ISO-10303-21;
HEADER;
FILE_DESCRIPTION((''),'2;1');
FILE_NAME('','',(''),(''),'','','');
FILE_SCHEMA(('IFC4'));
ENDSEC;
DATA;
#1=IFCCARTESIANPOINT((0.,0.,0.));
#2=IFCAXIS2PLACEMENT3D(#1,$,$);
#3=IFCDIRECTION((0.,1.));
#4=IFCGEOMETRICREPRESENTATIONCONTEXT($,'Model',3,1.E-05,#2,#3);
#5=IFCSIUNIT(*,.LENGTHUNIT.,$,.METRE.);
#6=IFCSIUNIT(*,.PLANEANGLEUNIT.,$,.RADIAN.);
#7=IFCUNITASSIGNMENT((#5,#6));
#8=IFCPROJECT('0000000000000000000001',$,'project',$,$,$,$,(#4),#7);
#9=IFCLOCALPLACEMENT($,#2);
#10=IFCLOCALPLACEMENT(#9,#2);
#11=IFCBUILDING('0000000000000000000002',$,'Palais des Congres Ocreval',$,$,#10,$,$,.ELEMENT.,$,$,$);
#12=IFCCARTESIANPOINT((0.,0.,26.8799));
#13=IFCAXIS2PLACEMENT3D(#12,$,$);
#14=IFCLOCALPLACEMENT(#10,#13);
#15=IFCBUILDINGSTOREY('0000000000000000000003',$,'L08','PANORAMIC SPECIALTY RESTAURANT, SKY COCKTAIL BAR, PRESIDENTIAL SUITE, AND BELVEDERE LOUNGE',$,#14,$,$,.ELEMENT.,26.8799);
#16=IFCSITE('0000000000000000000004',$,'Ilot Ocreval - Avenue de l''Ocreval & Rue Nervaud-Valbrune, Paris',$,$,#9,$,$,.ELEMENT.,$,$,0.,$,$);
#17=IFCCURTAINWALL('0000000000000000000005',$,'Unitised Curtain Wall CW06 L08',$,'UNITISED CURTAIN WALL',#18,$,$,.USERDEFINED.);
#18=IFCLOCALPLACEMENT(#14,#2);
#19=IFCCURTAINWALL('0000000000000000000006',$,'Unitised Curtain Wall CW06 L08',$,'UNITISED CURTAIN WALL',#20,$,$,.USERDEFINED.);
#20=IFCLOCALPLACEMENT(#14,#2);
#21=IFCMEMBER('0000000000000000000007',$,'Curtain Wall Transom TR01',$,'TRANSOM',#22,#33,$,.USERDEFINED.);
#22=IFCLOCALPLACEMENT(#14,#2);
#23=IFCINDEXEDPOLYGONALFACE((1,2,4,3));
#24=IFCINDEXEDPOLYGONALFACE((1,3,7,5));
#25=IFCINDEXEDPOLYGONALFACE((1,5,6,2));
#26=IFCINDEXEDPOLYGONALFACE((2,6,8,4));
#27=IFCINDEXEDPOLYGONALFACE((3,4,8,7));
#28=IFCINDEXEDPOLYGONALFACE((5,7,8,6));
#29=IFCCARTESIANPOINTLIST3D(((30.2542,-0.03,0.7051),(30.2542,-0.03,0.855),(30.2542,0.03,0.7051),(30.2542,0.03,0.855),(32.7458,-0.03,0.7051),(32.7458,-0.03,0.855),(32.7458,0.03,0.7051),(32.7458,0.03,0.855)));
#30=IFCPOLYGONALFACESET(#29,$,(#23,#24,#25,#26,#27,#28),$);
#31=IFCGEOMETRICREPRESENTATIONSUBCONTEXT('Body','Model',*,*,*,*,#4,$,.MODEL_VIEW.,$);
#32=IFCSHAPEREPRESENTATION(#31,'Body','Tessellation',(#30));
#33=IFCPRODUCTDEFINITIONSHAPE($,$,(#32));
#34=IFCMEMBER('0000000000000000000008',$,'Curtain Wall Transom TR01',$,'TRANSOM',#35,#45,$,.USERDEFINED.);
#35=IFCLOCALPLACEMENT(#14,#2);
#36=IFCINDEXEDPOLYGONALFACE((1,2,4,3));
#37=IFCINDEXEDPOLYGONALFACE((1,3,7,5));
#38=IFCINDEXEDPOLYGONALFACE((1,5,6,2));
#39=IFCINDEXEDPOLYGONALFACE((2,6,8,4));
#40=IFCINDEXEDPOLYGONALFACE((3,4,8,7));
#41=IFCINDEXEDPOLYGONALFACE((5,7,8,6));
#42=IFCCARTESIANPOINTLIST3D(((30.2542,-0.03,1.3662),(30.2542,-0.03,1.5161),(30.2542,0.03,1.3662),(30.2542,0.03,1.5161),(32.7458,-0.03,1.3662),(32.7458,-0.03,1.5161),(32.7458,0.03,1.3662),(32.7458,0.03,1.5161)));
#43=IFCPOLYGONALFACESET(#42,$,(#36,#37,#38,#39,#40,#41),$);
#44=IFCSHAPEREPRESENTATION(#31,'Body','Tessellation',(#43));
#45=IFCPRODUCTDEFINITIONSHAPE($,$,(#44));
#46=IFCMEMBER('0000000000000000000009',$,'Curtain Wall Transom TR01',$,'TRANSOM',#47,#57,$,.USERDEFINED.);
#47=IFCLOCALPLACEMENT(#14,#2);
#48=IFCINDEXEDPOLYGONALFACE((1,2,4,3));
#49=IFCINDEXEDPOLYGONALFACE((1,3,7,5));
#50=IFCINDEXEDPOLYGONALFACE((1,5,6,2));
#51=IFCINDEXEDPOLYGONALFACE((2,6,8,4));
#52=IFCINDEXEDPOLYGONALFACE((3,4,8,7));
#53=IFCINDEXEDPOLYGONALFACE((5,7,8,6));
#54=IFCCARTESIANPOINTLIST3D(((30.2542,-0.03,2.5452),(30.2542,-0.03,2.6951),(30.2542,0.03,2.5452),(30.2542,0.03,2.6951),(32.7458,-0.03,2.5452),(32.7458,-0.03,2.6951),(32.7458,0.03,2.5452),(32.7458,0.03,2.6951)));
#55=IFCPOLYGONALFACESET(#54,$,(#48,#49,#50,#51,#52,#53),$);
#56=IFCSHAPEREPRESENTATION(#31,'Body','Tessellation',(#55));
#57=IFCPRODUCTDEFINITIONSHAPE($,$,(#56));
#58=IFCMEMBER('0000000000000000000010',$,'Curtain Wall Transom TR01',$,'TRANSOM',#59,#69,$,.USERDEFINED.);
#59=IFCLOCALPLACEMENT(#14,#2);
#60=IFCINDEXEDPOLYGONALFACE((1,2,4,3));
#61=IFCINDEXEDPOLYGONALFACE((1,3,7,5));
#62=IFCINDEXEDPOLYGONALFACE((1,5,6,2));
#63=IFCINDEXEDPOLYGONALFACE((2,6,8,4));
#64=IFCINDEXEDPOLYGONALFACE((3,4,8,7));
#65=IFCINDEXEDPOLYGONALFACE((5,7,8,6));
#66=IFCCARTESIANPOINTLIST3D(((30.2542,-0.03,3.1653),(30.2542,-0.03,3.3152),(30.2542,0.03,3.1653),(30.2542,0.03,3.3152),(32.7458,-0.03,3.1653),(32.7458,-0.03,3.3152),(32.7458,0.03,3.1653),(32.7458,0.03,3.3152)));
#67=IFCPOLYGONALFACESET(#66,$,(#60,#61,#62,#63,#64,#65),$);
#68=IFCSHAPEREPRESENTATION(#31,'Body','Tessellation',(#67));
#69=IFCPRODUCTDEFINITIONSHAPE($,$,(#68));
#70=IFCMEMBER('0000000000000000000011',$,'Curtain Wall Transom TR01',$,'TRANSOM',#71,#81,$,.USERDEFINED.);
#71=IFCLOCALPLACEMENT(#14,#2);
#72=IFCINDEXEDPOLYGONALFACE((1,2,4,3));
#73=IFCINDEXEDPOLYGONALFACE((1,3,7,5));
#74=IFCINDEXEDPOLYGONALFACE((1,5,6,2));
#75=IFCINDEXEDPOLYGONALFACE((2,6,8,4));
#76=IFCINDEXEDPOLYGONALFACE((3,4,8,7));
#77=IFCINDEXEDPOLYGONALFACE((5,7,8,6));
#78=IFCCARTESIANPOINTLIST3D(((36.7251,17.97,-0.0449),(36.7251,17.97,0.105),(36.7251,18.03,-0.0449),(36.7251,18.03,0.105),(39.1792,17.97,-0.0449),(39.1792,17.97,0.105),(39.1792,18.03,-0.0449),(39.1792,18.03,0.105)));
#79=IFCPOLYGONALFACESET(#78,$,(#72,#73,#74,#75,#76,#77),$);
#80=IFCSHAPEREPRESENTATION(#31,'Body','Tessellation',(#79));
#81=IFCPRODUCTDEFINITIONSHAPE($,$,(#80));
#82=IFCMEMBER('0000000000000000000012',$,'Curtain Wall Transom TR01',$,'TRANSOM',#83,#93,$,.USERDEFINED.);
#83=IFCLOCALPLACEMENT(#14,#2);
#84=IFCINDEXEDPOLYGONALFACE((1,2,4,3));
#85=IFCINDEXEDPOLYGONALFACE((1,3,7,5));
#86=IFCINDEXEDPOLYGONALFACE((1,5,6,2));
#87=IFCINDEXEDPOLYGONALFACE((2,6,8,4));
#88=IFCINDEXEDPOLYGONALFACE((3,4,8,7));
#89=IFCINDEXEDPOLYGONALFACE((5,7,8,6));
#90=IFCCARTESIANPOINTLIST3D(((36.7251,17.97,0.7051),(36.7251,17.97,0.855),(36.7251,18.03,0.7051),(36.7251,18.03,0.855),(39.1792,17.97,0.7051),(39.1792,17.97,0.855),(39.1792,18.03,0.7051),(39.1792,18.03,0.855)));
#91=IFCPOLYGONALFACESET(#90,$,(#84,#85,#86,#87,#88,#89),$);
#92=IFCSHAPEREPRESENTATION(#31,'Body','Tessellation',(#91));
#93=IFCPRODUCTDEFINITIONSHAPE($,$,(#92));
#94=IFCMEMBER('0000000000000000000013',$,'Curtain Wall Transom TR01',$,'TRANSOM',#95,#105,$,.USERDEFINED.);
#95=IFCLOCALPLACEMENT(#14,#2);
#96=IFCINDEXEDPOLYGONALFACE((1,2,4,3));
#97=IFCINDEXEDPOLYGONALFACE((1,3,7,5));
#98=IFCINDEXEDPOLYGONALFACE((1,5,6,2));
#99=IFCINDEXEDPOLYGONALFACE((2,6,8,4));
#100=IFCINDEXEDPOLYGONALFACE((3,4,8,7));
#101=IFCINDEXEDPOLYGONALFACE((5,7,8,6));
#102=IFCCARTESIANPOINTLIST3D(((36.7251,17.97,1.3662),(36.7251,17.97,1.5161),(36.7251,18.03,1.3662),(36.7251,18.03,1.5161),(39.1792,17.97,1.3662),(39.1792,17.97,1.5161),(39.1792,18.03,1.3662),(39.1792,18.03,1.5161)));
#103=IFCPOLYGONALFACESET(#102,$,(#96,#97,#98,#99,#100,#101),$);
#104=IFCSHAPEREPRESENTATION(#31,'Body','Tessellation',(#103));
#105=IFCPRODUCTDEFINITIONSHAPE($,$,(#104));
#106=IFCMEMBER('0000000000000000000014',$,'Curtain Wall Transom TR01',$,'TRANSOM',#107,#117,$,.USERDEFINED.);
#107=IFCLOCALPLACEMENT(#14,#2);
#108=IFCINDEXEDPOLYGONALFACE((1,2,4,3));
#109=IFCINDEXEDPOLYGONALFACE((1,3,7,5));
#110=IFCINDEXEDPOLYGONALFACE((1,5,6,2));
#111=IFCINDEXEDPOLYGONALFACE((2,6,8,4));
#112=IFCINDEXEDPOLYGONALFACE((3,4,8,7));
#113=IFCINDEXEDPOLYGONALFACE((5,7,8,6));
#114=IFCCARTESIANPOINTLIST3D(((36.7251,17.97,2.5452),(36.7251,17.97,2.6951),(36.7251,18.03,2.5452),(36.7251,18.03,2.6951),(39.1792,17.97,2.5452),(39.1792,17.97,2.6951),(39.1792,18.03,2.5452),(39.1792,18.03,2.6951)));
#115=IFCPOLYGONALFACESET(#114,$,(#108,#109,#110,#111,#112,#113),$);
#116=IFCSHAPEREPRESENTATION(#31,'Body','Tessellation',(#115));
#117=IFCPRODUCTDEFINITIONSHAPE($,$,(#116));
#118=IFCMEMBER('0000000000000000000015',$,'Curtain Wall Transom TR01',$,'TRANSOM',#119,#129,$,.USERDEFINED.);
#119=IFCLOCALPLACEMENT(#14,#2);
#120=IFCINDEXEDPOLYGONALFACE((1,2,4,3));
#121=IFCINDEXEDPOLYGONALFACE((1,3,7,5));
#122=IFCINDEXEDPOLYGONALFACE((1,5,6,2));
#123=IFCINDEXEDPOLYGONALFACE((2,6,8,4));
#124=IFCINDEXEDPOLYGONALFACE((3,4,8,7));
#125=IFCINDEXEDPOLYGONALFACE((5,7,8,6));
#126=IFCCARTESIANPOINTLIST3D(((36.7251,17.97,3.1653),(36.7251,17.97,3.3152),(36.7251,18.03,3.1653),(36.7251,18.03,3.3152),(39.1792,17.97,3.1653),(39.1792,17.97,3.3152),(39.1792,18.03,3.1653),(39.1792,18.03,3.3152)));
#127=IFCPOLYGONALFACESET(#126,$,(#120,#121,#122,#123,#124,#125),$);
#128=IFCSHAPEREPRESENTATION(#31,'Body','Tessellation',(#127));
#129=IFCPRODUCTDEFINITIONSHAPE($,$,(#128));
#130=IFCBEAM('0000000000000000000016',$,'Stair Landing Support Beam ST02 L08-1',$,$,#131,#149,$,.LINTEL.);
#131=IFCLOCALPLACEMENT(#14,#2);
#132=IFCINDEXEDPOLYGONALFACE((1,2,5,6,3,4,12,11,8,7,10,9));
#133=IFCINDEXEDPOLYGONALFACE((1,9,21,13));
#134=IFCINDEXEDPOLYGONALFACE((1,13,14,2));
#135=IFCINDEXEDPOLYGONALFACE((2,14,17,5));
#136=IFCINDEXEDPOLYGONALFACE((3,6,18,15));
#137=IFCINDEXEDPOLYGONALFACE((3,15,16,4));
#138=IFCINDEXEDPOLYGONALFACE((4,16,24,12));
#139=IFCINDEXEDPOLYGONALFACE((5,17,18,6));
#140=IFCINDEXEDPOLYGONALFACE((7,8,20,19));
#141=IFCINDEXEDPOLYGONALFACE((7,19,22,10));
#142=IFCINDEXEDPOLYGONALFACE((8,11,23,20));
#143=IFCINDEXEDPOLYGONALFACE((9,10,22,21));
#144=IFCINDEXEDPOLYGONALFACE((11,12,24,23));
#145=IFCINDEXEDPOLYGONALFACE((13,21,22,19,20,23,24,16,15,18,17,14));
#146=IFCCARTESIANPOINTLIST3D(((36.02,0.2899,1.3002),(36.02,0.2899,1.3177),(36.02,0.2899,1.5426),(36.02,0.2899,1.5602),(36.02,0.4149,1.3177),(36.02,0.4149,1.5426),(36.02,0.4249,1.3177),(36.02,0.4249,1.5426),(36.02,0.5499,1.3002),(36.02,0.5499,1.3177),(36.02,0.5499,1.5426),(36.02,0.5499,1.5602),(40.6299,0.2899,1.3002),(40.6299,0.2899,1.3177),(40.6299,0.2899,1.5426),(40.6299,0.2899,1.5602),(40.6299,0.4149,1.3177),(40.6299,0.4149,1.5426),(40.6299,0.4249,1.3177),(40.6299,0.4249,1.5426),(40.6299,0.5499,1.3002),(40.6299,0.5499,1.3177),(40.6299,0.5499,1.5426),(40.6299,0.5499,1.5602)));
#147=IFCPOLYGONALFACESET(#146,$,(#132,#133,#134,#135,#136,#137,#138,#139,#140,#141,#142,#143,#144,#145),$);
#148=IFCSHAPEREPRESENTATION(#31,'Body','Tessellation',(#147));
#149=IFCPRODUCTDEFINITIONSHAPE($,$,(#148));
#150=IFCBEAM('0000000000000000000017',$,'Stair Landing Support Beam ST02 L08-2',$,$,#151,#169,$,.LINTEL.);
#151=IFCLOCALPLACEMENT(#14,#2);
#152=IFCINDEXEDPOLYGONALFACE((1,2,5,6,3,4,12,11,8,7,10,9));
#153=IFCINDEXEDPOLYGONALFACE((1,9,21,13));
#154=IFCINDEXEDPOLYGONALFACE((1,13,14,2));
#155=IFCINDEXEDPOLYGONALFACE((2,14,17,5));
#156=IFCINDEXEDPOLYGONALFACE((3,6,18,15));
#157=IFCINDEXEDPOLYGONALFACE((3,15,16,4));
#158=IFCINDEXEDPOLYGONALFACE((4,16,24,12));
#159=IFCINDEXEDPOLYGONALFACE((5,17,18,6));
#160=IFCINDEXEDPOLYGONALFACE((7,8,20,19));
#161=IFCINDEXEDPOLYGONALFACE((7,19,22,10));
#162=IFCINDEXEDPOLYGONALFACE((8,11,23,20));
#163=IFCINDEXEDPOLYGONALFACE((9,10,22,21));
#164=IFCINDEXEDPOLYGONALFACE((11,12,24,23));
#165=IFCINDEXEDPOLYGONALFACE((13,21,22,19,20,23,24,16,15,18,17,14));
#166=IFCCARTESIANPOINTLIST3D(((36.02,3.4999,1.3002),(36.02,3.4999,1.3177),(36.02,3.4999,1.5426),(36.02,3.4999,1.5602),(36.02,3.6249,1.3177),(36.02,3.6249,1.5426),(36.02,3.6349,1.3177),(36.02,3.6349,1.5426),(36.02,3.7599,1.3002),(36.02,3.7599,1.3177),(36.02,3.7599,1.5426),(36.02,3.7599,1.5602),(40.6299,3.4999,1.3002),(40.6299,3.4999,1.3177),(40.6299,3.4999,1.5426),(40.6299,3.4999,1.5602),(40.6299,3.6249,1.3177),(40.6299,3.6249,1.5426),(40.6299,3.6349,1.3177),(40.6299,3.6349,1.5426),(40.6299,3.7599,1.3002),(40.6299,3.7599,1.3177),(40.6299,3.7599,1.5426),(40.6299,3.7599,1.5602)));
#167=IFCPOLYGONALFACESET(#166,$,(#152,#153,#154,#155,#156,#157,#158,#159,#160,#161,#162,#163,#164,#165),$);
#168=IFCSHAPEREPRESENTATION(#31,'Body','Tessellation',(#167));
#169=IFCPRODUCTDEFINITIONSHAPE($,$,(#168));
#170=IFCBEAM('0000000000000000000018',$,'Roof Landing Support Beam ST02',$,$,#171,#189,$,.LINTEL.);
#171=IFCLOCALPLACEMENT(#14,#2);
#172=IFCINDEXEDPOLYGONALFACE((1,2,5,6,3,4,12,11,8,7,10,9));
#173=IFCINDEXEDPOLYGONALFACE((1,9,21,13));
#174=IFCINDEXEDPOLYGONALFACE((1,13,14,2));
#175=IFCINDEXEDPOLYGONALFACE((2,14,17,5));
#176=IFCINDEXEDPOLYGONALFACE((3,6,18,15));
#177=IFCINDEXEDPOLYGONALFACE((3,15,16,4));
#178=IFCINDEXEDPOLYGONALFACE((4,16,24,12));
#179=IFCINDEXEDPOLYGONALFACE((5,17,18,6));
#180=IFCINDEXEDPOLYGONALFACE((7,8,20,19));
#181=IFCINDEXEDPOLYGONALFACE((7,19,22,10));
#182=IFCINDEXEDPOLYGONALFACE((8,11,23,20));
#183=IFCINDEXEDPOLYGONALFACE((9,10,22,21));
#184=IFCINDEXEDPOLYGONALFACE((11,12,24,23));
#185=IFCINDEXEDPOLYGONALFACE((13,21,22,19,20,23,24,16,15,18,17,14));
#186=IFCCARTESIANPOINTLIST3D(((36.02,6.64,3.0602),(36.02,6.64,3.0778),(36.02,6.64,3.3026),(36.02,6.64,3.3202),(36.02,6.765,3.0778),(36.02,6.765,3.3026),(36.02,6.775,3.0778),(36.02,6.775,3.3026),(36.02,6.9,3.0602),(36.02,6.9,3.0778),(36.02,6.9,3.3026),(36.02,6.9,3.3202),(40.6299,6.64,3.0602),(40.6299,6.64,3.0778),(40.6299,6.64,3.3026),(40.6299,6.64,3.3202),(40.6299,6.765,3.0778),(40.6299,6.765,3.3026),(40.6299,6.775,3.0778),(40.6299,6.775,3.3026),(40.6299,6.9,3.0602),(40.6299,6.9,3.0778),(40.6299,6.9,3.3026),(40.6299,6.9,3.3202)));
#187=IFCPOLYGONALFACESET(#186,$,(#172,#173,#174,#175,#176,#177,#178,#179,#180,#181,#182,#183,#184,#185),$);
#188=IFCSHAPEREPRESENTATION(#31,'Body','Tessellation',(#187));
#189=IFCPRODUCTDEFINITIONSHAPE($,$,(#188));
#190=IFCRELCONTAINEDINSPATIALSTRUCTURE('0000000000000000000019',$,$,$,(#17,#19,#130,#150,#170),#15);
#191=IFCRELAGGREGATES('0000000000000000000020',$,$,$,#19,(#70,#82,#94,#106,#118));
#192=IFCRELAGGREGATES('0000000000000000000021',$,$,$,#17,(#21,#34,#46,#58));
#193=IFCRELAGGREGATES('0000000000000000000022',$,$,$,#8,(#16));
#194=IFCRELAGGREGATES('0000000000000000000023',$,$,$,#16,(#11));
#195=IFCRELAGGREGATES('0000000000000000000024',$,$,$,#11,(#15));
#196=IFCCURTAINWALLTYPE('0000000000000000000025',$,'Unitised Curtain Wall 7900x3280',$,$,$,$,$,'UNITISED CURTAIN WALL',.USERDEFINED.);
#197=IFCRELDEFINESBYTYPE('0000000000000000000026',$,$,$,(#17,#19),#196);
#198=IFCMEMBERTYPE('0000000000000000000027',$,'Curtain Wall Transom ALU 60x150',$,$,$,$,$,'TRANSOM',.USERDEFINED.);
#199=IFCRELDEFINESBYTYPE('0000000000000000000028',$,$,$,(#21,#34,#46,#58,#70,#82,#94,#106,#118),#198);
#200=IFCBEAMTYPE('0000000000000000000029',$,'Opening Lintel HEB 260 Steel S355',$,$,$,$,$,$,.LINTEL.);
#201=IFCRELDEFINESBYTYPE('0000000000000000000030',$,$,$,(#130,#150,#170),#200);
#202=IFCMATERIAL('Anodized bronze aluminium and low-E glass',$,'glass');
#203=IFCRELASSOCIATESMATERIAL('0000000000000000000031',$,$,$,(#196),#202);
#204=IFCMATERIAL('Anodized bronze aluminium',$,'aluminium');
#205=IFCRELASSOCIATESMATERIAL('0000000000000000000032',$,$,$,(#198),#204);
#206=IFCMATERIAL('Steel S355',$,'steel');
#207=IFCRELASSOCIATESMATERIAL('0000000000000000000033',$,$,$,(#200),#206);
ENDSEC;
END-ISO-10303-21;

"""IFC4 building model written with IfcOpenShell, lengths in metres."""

from ifc_helpers import new_model, si_unit, direction, frame, origin, origin_2d, place, context, subcontext, project, spatial, rectangle, i_section, extrude, material, material_profile, profile_set, type_object, element, aggregate, save


model = new_model("IFC4")

# Units and contexts
model_context = context("Model", 3, precision=1e-05, world=origin(), true_north=direction((0.0, 1.0)))
body_context = subcontext(model_context, "Body", "Model", "MODEL_VIEW")
ifc_project = project(units=[si_unit("LENGTHUNIT", "METRE"), si_unit("PLANEANGLEUNIT", "RADIAN")], contexts=[model_context])

# Site, building, storey
site_placement = place(None, origin())
site = spatial("IfcSite", under=ifc_project, at=site_placement, Name="Ilot Ocreval - Avenue de l'Ocreval & Rue Nervaud-Valbrune, Paris", CompositionType="ELEMENT", RefElevation=0.0)
building_placement = place(site_placement, origin())
building = spatial("IfcBuilding", under=site, at=building_placement, Name="Palais des Congres Ocreval", CompositionType="ELEMENT")
storey_placement = place(building_placement, frame((0.0, 0.0, 26.8799)))
storey = spatial("IfcBuildingStorey", under=building, at=storey_placement, Name="L08", Description="PANORAMIC SPECIALTY RESTAURANT, SKY COCKTAIL BAR, PRESIDENTIAL SUITE, AND BELVEDERE LOUNGE", CompositionType="ELEMENT", Elevation=26.8799)

# Shared definitions
ifc_material_1 = material(Name="Steel S355", Category="steel")

# Curtain wall
ifc_material_2 = material(Name="Anodized bronze aluminium and low-E glass", Category="glass")
curtain_wall_type = type_object("IfcCurtainWallType", Name="Unitised Curtain Wall 7900x3280", ElementType="UNITISED CURTAIN WALL", PredefinedType="USERDEFINED", material=ifc_material_2)
curtain_wall_1_placement = place(storey_placement, origin())
curtain_wall_1 = element("IfcCurtainWall", 1, at=curtain_wall_1_placement, inside=storey, type_object=curtain_wall_type, Name="Unitised Curtain Wall CW06 L08", ObjectType="UNITISED CURTAIN WALL", PredefinedType="USERDEFINED")
ifc_material_3 = material(Name="Anodized bronze aluminium", Category="aluminium")

# Curtain wall
curtain_wall_2_placement = place(storey_placement, origin())
curtain_wall_2 = element("IfcCurtainWall", 2, at=curtain_wall_2_placement, inside=storey, type_object=curtain_wall_type, Name="Unitised Curtain Wall CW06 L08", ObjectType="UNITISED CURTAIN WALL", PredefinedType="USERDEFINED")

# Members
ifc_material_profile_1 = material_profile(ifc_material_3, rectangle(XDim=0.0601, YDim=0.1499, at=origin_2d()), Name="ALU 60x150")
ifc_profile_set_1 = profile_set([ifc_material_profile_1], Name="Anodized bronze aluminium")
member_type_1 = type_object("IfcMemberType", Name="Curtain Wall Transom ALU 60x150", ElementType="TRANSOM", PredefinedType="USERDEFINED", material=ifc_profile_set_1)
member_1_placement = place(storey_placement, frame((32.7458, 0.0, 0.78), z_axis=(-1.0, 0.0, 0.0), x_axis=(0.0, -1.0, 0.0)))
member_1 = element("IfcMember", 3, at=member_1_placement, type_object=member_type_1, Name="Curtain Wall Transom TR01", ObjectType="TRANSOM", PredefinedType="USERDEFINED", context=body_context, shape_type="SweptSolid", body=[
    extrude(rectangle(XDim=0.0601, YDim=0.1499, at=origin_2d()), origin(), (0.0, 0.0, 1.0), 2.4917),
])
member_2_placement = place(storey_placement, frame((32.7458, 0.0, 1.4412), z_axis=(-1.0, 0.0, 0.0), x_axis=(0.0, -1.0, 0.0)))
member_2 = element("IfcMember", 4, at=member_2_placement, type_object=member_type_1, Name="Curtain Wall Transom TR01", ObjectType="TRANSOM", PredefinedType="USERDEFINED", context=body_context, shape_type="SweptSolid", body=[
    extrude(rectangle(XDim=0.0601, YDim=0.1499, at=origin_2d()), origin(), (0.0, 0.0, 1.0), 2.4917),
])
member_3_placement = place(storey_placement, frame((32.7458, 0.0, 2.6201), z_axis=(-1.0, 0.0, 0.0), x_axis=(0.0, -1.0, 0.0)))
member_3 = element("IfcMember", 5, at=member_3_placement, type_object=member_type_1, Name="Curtain Wall Transom TR01", ObjectType="TRANSOM", PredefinedType="USERDEFINED", context=body_context, shape_type="SweptSolid", body=[
    extrude(rectangle(XDim=0.0601, YDim=0.1499, at=origin_2d()), origin(), (0.0, 0.0, 1.0), 2.4917),
])
member_4_placement = place(storey_placement, frame((32.7458, 0.0, 3.2402), z_axis=(-1.0, 0.0, 0.0), x_axis=(0.0, -1.0, 0.0)))
member_4 = element("IfcMember", 6, at=member_4_placement, type_object=member_type_1, Name="Curtain Wall Transom TR01", ObjectType="TRANSOM", PredefinedType="USERDEFINED", context=body_context, shape_type="SweptSolid", body=[
    extrude(rectangle(XDim=0.0601, YDim=0.1499, at=origin_2d()), origin(), (0.0, 0.0, 1.0), 2.4917),
])
member_5_placement = place(storey_placement, frame((36.7251, 18.0, 0.03), z_axis=(1.0, 0.0, 0.0), x_axis=(0.0, 1.0, 0.0)))
member_5 = element("IfcMember", 7, at=member_5_placement, type_object=member_type_1, Name="Curtain Wall Transom TR01", ObjectType="TRANSOM", PredefinedType="USERDEFINED", context=body_context, shape_type="SweptSolid", body=[
    extrude(rectangle(XDim=0.0601, YDim=0.1499, at=origin_2d()), origin(), (0.0, 0.0, 1.0), 2.4541),
])
member_6_placement = place(storey_placement, frame((36.7251, 18.0, 0.78), z_axis=(1.0, 0.0, 0.0), x_axis=(0.0, 1.0, 0.0)))
member_6 = element("IfcMember", 8, at=member_6_placement, type_object=member_type_1, Name="Curtain Wall Transom TR01", ObjectType="TRANSOM", PredefinedType="USERDEFINED", context=body_context, shape_type="SweptSolid", body=[
    extrude(rectangle(XDim=0.0601, YDim=0.1499, at=origin_2d()), origin(), (0.0, 0.0, 1.0), 2.4541),
])
member_7_placement = place(storey_placement, frame((36.7251, 18.0, 1.4412), z_axis=(1.0, 0.0, 0.0), x_axis=(0.0, 1.0, 0.0)))
member_7 = element("IfcMember", 9, at=member_7_placement, type_object=member_type_1, Name="Curtain Wall Transom TR01", ObjectType="TRANSOM", PredefinedType="USERDEFINED", context=body_context, shape_type="SweptSolid", body=[
    extrude(rectangle(XDim=0.0601, YDim=0.1499, at=origin_2d()), origin(), (0.0, 0.0, 1.0), 2.4541),
])
member_8_placement = place(storey_placement, frame((36.7251, 18.0, 2.6201), z_axis=(1.0, 0.0, 0.0), x_axis=(0.0, 1.0, 0.0)))
member_8 = element("IfcMember", 10, at=member_8_placement, type_object=member_type_1, Name="Curtain Wall Transom TR01", ObjectType="TRANSOM", PredefinedType="USERDEFINED", context=body_context, shape_type="SweptSolid", body=[
    extrude(rectangle(XDim=0.0601, YDim=0.1499, at=origin_2d()), origin(), (0.0, 0.0, 1.0), 2.4541),
])
member_9_placement = place(storey_placement, frame((36.7251, 18.0, 3.2402), z_axis=(1.0, 0.0, 0.0), x_axis=(0.0, 1.0, 0.0)))
member_9 = element("IfcMember", 11, at=member_9_placement, type_object=member_type_1, Name="Curtain Wall Transom TR01", ObjectType="TRANSOM", PredefinedType="USERDEFINED", context=body_context, shape_type="SweptSolid", body=[
    extrude(rectangle(XDim=0.0601, YDim=0.1499, at=origin_2d()), origin(), (0.0, 0.0, 1.0), 2.4541),
])

# Beams
ifc_material_profile_2 = material_profile(ifc_material_1, i_section(OverallWidth=0.26, OverallDepth=0.26, WebThickness=0.01, FlangeThickness=0.0176, at=origin_2d()), Name="HEB 260")
ifc_profile_set_2 = profile_set([ifc_material_profile_2], Name="Steel S355")
beam_type_1 = type_object("IfcBeamType", Name="Opening Lintel HEB 260 Steel S355", PredefinedType="LINTEL", material=ifc_profile_set_2)
for number, where, z_axis, x_axis, name in (
    (12, (36.02, 0.4199, 1.4302), (1.0, 0.0, 0.0), (0.0, 1.0, 0.0), "Stair Landing Support Beam ST02 L08-1"),
    (13, (36.02, 3.6299, 1.4302), (1.0, 0.0, 0.0), (0.0, 1.0, 0.0), "Stair Landing Support Beam ST02 L08-2"),
    (14, (36.02, 6.77, 3.1902), (1.0, 0.0, 0.0), (0.0, 1.0, 0.0), "Roof Landing Support Beam ST02"),
):
    element("IfcBeam", number, at=place(storey_placement, frame(where, z_axis=z_axis, x_axis=x_axis)), inside=storey, type_object=beam_type_1, Name=name, PredefinedType="LINTEL", context=body_context, shape_type="SweptSolid", body=[
        extrude(i_section(OverallWidth=0.26, OverallDepth=0.26, WebThickness=0.01, FlangeThickness=0.0176, at=origin_2d()), origin(), (0.0, 0.0, 1.0), 4.6099),
    ])

aggregate(curtain_wall_2, [member_5, member_6, member_7, member_8, member_9])
aggregate(curtain_wall_1, [member_1, member_2, member_3, member_4])

save(model, "model.ifc")
